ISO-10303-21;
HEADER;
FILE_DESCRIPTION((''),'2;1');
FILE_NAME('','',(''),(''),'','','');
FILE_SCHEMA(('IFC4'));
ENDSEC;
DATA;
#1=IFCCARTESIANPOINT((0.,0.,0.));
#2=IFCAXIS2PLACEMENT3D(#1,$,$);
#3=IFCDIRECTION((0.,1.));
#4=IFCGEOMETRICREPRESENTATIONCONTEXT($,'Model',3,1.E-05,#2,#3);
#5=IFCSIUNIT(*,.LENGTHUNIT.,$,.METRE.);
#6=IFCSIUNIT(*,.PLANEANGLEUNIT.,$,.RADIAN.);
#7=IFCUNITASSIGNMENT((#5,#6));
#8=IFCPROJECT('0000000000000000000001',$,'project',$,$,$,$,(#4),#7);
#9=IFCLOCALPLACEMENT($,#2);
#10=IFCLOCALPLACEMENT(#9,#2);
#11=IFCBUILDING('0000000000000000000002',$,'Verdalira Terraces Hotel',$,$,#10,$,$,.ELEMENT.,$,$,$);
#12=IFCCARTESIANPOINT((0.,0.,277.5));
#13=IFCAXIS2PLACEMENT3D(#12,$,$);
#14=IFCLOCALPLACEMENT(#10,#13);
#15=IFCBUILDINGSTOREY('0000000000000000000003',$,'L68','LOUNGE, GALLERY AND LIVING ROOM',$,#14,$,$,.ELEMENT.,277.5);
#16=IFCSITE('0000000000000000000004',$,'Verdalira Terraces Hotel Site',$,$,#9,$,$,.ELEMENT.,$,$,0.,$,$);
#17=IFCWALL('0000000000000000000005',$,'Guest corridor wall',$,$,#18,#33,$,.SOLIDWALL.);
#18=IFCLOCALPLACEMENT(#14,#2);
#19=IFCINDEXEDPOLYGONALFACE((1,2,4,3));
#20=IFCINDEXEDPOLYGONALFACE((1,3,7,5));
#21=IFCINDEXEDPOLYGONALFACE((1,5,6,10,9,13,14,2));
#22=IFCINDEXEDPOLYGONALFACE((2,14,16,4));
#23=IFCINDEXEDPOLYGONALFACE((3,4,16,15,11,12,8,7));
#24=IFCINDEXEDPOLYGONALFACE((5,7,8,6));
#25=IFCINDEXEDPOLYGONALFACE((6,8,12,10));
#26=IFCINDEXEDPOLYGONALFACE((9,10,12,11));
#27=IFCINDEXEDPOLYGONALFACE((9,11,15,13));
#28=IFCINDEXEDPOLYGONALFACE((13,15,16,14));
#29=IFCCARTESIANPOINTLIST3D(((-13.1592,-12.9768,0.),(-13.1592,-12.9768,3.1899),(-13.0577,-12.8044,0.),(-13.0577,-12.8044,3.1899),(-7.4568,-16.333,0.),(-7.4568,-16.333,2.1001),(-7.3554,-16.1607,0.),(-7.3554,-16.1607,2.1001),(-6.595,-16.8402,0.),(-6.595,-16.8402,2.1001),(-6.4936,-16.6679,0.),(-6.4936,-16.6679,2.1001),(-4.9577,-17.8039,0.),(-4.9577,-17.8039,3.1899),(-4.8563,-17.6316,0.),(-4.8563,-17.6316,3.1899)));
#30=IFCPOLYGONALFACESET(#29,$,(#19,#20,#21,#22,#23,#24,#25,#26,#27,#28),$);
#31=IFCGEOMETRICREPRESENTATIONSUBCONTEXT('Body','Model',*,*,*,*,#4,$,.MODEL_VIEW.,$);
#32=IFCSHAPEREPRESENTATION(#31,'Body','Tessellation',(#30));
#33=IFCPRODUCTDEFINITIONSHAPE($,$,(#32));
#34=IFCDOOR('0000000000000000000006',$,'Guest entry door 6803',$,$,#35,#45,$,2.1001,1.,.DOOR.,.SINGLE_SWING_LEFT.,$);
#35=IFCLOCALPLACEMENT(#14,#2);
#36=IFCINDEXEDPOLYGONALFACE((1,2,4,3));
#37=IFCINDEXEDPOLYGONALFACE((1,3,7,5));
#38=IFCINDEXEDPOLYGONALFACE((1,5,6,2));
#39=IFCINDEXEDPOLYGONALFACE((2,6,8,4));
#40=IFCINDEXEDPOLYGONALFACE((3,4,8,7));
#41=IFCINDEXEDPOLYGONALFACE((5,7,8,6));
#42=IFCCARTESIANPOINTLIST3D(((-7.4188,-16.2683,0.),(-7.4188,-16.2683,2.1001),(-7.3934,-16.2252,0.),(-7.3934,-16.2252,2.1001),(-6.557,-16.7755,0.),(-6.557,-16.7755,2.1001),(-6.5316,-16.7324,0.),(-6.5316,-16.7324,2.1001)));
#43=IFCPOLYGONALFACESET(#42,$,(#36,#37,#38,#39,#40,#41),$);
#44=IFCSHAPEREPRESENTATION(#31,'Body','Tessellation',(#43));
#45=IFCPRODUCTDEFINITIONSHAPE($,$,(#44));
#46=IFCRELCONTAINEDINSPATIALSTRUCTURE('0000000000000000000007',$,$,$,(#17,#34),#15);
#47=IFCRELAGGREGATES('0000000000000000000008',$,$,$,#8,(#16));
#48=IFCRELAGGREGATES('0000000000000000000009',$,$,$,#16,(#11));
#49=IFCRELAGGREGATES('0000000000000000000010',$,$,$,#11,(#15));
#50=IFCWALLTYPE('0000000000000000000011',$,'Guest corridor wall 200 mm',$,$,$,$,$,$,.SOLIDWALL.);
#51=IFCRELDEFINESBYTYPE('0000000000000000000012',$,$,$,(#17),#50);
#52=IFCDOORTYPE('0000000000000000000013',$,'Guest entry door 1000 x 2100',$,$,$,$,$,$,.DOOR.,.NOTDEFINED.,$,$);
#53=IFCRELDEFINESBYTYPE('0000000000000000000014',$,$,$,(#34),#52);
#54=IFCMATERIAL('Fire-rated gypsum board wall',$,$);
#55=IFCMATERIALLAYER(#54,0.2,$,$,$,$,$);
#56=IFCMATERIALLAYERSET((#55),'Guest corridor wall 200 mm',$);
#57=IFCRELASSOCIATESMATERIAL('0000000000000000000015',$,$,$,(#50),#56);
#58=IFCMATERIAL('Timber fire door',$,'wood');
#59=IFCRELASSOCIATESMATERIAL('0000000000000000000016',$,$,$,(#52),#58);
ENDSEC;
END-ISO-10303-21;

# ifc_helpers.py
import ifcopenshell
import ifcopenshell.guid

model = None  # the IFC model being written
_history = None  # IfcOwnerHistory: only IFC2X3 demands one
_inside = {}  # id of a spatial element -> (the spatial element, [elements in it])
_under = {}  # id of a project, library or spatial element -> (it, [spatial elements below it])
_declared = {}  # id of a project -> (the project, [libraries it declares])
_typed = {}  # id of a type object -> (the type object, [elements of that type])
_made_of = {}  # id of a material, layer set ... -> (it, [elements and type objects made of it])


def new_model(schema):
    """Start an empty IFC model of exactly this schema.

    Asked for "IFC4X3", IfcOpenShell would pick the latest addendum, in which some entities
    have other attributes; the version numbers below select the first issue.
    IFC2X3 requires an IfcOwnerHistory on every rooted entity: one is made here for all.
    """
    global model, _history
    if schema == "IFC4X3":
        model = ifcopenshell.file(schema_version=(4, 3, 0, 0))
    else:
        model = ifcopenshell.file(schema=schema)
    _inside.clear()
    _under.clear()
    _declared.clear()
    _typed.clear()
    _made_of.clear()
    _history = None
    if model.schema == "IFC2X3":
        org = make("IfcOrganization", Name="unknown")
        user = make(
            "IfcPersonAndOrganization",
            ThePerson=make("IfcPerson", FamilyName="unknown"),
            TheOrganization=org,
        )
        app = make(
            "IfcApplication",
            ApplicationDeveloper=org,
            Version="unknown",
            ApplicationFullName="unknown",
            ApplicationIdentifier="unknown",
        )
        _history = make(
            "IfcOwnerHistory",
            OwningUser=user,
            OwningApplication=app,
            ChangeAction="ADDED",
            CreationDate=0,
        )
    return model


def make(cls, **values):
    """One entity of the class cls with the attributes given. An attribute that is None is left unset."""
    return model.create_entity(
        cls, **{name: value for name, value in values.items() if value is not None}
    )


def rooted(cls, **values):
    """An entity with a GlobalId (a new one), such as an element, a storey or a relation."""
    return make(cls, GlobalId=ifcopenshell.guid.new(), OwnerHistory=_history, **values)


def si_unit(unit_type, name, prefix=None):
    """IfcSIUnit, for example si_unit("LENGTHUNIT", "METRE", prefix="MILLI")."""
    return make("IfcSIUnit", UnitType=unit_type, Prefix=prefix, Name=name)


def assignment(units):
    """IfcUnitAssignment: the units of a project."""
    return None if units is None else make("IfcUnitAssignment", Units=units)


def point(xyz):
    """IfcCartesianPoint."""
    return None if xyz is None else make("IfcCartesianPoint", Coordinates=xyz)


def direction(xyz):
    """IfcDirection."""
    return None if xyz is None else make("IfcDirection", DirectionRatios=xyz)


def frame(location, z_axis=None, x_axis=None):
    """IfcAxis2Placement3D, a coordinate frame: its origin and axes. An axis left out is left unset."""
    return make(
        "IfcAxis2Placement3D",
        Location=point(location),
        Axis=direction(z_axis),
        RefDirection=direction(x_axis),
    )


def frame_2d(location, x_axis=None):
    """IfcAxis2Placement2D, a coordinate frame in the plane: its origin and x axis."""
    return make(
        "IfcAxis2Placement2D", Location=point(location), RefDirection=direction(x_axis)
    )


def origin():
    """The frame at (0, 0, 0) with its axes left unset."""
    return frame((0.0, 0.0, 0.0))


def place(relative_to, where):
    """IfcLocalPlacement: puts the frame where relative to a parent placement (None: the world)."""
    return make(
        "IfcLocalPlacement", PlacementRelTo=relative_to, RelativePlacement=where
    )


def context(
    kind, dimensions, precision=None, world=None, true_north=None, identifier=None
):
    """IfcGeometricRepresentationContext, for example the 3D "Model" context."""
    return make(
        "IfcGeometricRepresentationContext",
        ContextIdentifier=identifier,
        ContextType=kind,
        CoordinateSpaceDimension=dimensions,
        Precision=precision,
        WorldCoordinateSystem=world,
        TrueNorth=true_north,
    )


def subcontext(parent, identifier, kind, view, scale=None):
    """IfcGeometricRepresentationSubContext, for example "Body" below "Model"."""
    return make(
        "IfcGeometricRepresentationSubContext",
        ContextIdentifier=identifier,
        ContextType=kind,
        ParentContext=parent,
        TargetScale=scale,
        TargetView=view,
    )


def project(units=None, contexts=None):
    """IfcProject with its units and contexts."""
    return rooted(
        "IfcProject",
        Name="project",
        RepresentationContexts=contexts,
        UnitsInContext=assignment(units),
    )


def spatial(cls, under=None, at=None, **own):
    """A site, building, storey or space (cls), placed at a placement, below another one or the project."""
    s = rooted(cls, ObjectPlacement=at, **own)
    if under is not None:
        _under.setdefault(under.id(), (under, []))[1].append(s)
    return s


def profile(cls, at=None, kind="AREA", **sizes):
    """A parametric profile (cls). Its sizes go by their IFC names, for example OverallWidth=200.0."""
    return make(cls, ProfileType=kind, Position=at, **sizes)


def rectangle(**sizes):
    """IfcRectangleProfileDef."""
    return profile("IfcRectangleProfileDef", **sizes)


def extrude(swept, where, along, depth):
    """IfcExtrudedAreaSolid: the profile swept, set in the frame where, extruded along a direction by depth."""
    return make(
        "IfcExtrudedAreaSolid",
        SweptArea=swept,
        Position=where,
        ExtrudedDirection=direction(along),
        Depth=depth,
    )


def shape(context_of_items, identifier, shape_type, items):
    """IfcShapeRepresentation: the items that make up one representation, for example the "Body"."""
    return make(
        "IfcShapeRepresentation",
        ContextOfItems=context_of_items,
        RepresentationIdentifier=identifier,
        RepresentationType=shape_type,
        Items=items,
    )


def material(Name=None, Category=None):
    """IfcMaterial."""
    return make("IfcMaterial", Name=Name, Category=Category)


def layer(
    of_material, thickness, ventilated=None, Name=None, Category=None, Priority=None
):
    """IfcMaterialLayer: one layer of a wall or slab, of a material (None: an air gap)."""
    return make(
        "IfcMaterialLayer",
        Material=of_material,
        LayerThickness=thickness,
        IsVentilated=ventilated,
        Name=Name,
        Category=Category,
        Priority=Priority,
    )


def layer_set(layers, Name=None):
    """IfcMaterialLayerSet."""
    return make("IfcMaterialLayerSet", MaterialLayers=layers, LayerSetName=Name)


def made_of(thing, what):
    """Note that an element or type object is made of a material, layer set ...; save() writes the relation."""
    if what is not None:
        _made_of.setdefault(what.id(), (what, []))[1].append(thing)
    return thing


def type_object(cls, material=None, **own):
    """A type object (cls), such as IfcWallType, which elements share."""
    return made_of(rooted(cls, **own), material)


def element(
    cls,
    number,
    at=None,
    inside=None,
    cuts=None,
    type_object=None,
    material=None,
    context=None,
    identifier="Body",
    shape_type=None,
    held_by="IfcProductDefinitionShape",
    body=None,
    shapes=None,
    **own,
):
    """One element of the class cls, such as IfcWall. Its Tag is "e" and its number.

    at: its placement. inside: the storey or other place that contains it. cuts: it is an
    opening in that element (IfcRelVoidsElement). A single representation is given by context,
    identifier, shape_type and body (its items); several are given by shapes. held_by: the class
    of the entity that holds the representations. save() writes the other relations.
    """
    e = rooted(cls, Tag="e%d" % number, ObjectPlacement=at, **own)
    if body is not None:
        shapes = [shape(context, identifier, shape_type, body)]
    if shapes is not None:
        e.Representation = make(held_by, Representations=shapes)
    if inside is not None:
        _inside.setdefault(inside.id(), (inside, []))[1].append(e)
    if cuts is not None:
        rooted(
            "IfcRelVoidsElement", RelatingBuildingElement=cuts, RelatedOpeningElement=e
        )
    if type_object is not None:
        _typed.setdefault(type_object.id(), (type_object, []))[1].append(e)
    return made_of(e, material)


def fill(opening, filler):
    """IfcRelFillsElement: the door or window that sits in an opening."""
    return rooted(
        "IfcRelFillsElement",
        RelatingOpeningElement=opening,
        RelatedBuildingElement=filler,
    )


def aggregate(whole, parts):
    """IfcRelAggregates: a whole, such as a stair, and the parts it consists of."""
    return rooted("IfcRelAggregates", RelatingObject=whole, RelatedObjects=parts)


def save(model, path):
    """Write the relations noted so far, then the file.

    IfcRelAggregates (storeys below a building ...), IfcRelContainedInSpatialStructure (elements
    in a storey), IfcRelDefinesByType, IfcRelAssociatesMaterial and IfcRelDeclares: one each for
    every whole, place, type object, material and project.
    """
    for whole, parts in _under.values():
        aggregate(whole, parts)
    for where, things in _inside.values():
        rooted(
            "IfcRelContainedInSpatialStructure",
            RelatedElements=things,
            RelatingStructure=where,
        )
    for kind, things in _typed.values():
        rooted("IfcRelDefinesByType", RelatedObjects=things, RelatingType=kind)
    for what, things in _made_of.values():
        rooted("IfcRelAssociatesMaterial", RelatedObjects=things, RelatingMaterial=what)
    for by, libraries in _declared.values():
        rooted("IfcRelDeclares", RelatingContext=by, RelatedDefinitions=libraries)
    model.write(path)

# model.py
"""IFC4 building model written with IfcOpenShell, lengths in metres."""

from ifc_helpers import new_model, si_unit, direction, frame, frame_2d, origin, place, context, subcontext, project, spatial, rectangle, extrude, material, layer, layer_set, type_object, element, fill, save


model = new_model("IFC4")

# Units and contexts
model_context = context("Model", 3, precision=1e-05, world=origin(), true_north=direction((0.0, 1.0)))
body_context = subcontext(model_context, "Body", "Model", "MODEL_VIEW")
ifc_project = project(units=[si_unit("LENGTHUNIT", "METRE"), si_unit("PLANEANGLEUNIT", "RADIAN")], contexts=[model_context])

# Site, building, storey
site_placement = place(None, origin())
site = spatial("IfcSite", under=ifc_project, at=site_placement, Name="Verdalira Terraces Hotel Site", CompositionType="ELEMENT", RefElevation=0.0)
building_placement = place(site_placement, origin())
building = spatial("IfcBuilding", under=site, at=building_placement, Name="Verdalira Terraces Hotel", CompositionType="ELEMENT")
storey_placement = place(building_placement, frame((0.0, 0.0, 277.5)))
storey = spatial("IfcBuildingStorey", under=building, at=storey_placement, Name="L68", Description="LOUNGE, GALLERY AND LIVING ROOM", CompositionType="ELEMENT", Elevation=277.5)

# Wall, opening, door
ifc_material_1 = material(Name="Fire-rated gypsum board wall")
ifc_layer_1 = layer(ifc_material_1, 0.2)
ifc_layer_set_1 = layer_set([ifc_layer_1], Name="Guest corridor wall 200 mm")
wall_type_1 = type_object("IfcWallType", Name="Guest corridor wall 200 mm", PredefinedType="SOLIDWALL", material=ifc_layer_set_1)
wall_1_placement = place(storey_placement, frame((-4.907, -17.7178, 0.0), z_axis=(0.0, 0.0, 1.0), x_axis=(-0.861806, 0.507238, 0.0)))
wall_1 = element("IfcWall", 1, at=wall_1_placement, inside=storey, type_object=wall_type_1, Name="Guest corridor wall", PredefinedType="SOLIDWALL", context=body_context, shape_type="SweptSolid", body=[
    extrude(rectangle(XDim=9.5166, YDim=0.2, at=frame_2d((4.7583, 0.0))), origin(), (0.0, 0.0, 1.0), 3.1899),
])
opening_1_placement = place(wall_1_placement, frame((1.8999, 0.0, 0.0)))
opening_1 = element("IfcOpeningElement", 2, at=opening_1_placement, cuts=wall_1, PredefinedType="OPENING", context=body_context, shape_type="SweptSolid", body=[
    extrude(rectangle(XDim=1.0, YDim=2.1001, at=frame_2d((0.5, 1.05))), frame((0.0, 0.1099, 0.0), z_axis=(0.0, -1.0, 0.0), x_axis=(1.0, 0.0, 0.0)), (0.0, 0.0, 1.0), 0.22),
])
ifc_material_2 = material(Name="Timber fire door", Category="wood")
door_type_1 = type_object("IfcDoorType", Name="Guest entry door 1000 x 2100", OperationType="NOTDEFINED", PredefinedType="DOOR", material=ifc_material_2)
door_1_placement = place(opening_1_placement, origin())
door_1 = element("IfcDoor", 3, at=door_1_placement, inside=storey, type_object=door_type_1, Name="Guest entry door 6803", OperationType="SINGLE_SWING_LEFT", OverallHeight=2.1001, OverallWidth=1.0, PredefinedType="DOOR", context=body_context, shape_type="SweptSolid", body=[
    extrude(rectangle(XDim=1.0, YDim=2.1001, at=frame_2d((0.5, 1.05))), frame((0.0, 0.0249, 0.0), z_axis=(0.0, -1.0, 0.0), x_axis=(1.0, 0.0, 0.0)), (0.0, 0.0, 1.0), 0.05),
])
fill(opening_1, door_1)

save(model, "model.ifc")
